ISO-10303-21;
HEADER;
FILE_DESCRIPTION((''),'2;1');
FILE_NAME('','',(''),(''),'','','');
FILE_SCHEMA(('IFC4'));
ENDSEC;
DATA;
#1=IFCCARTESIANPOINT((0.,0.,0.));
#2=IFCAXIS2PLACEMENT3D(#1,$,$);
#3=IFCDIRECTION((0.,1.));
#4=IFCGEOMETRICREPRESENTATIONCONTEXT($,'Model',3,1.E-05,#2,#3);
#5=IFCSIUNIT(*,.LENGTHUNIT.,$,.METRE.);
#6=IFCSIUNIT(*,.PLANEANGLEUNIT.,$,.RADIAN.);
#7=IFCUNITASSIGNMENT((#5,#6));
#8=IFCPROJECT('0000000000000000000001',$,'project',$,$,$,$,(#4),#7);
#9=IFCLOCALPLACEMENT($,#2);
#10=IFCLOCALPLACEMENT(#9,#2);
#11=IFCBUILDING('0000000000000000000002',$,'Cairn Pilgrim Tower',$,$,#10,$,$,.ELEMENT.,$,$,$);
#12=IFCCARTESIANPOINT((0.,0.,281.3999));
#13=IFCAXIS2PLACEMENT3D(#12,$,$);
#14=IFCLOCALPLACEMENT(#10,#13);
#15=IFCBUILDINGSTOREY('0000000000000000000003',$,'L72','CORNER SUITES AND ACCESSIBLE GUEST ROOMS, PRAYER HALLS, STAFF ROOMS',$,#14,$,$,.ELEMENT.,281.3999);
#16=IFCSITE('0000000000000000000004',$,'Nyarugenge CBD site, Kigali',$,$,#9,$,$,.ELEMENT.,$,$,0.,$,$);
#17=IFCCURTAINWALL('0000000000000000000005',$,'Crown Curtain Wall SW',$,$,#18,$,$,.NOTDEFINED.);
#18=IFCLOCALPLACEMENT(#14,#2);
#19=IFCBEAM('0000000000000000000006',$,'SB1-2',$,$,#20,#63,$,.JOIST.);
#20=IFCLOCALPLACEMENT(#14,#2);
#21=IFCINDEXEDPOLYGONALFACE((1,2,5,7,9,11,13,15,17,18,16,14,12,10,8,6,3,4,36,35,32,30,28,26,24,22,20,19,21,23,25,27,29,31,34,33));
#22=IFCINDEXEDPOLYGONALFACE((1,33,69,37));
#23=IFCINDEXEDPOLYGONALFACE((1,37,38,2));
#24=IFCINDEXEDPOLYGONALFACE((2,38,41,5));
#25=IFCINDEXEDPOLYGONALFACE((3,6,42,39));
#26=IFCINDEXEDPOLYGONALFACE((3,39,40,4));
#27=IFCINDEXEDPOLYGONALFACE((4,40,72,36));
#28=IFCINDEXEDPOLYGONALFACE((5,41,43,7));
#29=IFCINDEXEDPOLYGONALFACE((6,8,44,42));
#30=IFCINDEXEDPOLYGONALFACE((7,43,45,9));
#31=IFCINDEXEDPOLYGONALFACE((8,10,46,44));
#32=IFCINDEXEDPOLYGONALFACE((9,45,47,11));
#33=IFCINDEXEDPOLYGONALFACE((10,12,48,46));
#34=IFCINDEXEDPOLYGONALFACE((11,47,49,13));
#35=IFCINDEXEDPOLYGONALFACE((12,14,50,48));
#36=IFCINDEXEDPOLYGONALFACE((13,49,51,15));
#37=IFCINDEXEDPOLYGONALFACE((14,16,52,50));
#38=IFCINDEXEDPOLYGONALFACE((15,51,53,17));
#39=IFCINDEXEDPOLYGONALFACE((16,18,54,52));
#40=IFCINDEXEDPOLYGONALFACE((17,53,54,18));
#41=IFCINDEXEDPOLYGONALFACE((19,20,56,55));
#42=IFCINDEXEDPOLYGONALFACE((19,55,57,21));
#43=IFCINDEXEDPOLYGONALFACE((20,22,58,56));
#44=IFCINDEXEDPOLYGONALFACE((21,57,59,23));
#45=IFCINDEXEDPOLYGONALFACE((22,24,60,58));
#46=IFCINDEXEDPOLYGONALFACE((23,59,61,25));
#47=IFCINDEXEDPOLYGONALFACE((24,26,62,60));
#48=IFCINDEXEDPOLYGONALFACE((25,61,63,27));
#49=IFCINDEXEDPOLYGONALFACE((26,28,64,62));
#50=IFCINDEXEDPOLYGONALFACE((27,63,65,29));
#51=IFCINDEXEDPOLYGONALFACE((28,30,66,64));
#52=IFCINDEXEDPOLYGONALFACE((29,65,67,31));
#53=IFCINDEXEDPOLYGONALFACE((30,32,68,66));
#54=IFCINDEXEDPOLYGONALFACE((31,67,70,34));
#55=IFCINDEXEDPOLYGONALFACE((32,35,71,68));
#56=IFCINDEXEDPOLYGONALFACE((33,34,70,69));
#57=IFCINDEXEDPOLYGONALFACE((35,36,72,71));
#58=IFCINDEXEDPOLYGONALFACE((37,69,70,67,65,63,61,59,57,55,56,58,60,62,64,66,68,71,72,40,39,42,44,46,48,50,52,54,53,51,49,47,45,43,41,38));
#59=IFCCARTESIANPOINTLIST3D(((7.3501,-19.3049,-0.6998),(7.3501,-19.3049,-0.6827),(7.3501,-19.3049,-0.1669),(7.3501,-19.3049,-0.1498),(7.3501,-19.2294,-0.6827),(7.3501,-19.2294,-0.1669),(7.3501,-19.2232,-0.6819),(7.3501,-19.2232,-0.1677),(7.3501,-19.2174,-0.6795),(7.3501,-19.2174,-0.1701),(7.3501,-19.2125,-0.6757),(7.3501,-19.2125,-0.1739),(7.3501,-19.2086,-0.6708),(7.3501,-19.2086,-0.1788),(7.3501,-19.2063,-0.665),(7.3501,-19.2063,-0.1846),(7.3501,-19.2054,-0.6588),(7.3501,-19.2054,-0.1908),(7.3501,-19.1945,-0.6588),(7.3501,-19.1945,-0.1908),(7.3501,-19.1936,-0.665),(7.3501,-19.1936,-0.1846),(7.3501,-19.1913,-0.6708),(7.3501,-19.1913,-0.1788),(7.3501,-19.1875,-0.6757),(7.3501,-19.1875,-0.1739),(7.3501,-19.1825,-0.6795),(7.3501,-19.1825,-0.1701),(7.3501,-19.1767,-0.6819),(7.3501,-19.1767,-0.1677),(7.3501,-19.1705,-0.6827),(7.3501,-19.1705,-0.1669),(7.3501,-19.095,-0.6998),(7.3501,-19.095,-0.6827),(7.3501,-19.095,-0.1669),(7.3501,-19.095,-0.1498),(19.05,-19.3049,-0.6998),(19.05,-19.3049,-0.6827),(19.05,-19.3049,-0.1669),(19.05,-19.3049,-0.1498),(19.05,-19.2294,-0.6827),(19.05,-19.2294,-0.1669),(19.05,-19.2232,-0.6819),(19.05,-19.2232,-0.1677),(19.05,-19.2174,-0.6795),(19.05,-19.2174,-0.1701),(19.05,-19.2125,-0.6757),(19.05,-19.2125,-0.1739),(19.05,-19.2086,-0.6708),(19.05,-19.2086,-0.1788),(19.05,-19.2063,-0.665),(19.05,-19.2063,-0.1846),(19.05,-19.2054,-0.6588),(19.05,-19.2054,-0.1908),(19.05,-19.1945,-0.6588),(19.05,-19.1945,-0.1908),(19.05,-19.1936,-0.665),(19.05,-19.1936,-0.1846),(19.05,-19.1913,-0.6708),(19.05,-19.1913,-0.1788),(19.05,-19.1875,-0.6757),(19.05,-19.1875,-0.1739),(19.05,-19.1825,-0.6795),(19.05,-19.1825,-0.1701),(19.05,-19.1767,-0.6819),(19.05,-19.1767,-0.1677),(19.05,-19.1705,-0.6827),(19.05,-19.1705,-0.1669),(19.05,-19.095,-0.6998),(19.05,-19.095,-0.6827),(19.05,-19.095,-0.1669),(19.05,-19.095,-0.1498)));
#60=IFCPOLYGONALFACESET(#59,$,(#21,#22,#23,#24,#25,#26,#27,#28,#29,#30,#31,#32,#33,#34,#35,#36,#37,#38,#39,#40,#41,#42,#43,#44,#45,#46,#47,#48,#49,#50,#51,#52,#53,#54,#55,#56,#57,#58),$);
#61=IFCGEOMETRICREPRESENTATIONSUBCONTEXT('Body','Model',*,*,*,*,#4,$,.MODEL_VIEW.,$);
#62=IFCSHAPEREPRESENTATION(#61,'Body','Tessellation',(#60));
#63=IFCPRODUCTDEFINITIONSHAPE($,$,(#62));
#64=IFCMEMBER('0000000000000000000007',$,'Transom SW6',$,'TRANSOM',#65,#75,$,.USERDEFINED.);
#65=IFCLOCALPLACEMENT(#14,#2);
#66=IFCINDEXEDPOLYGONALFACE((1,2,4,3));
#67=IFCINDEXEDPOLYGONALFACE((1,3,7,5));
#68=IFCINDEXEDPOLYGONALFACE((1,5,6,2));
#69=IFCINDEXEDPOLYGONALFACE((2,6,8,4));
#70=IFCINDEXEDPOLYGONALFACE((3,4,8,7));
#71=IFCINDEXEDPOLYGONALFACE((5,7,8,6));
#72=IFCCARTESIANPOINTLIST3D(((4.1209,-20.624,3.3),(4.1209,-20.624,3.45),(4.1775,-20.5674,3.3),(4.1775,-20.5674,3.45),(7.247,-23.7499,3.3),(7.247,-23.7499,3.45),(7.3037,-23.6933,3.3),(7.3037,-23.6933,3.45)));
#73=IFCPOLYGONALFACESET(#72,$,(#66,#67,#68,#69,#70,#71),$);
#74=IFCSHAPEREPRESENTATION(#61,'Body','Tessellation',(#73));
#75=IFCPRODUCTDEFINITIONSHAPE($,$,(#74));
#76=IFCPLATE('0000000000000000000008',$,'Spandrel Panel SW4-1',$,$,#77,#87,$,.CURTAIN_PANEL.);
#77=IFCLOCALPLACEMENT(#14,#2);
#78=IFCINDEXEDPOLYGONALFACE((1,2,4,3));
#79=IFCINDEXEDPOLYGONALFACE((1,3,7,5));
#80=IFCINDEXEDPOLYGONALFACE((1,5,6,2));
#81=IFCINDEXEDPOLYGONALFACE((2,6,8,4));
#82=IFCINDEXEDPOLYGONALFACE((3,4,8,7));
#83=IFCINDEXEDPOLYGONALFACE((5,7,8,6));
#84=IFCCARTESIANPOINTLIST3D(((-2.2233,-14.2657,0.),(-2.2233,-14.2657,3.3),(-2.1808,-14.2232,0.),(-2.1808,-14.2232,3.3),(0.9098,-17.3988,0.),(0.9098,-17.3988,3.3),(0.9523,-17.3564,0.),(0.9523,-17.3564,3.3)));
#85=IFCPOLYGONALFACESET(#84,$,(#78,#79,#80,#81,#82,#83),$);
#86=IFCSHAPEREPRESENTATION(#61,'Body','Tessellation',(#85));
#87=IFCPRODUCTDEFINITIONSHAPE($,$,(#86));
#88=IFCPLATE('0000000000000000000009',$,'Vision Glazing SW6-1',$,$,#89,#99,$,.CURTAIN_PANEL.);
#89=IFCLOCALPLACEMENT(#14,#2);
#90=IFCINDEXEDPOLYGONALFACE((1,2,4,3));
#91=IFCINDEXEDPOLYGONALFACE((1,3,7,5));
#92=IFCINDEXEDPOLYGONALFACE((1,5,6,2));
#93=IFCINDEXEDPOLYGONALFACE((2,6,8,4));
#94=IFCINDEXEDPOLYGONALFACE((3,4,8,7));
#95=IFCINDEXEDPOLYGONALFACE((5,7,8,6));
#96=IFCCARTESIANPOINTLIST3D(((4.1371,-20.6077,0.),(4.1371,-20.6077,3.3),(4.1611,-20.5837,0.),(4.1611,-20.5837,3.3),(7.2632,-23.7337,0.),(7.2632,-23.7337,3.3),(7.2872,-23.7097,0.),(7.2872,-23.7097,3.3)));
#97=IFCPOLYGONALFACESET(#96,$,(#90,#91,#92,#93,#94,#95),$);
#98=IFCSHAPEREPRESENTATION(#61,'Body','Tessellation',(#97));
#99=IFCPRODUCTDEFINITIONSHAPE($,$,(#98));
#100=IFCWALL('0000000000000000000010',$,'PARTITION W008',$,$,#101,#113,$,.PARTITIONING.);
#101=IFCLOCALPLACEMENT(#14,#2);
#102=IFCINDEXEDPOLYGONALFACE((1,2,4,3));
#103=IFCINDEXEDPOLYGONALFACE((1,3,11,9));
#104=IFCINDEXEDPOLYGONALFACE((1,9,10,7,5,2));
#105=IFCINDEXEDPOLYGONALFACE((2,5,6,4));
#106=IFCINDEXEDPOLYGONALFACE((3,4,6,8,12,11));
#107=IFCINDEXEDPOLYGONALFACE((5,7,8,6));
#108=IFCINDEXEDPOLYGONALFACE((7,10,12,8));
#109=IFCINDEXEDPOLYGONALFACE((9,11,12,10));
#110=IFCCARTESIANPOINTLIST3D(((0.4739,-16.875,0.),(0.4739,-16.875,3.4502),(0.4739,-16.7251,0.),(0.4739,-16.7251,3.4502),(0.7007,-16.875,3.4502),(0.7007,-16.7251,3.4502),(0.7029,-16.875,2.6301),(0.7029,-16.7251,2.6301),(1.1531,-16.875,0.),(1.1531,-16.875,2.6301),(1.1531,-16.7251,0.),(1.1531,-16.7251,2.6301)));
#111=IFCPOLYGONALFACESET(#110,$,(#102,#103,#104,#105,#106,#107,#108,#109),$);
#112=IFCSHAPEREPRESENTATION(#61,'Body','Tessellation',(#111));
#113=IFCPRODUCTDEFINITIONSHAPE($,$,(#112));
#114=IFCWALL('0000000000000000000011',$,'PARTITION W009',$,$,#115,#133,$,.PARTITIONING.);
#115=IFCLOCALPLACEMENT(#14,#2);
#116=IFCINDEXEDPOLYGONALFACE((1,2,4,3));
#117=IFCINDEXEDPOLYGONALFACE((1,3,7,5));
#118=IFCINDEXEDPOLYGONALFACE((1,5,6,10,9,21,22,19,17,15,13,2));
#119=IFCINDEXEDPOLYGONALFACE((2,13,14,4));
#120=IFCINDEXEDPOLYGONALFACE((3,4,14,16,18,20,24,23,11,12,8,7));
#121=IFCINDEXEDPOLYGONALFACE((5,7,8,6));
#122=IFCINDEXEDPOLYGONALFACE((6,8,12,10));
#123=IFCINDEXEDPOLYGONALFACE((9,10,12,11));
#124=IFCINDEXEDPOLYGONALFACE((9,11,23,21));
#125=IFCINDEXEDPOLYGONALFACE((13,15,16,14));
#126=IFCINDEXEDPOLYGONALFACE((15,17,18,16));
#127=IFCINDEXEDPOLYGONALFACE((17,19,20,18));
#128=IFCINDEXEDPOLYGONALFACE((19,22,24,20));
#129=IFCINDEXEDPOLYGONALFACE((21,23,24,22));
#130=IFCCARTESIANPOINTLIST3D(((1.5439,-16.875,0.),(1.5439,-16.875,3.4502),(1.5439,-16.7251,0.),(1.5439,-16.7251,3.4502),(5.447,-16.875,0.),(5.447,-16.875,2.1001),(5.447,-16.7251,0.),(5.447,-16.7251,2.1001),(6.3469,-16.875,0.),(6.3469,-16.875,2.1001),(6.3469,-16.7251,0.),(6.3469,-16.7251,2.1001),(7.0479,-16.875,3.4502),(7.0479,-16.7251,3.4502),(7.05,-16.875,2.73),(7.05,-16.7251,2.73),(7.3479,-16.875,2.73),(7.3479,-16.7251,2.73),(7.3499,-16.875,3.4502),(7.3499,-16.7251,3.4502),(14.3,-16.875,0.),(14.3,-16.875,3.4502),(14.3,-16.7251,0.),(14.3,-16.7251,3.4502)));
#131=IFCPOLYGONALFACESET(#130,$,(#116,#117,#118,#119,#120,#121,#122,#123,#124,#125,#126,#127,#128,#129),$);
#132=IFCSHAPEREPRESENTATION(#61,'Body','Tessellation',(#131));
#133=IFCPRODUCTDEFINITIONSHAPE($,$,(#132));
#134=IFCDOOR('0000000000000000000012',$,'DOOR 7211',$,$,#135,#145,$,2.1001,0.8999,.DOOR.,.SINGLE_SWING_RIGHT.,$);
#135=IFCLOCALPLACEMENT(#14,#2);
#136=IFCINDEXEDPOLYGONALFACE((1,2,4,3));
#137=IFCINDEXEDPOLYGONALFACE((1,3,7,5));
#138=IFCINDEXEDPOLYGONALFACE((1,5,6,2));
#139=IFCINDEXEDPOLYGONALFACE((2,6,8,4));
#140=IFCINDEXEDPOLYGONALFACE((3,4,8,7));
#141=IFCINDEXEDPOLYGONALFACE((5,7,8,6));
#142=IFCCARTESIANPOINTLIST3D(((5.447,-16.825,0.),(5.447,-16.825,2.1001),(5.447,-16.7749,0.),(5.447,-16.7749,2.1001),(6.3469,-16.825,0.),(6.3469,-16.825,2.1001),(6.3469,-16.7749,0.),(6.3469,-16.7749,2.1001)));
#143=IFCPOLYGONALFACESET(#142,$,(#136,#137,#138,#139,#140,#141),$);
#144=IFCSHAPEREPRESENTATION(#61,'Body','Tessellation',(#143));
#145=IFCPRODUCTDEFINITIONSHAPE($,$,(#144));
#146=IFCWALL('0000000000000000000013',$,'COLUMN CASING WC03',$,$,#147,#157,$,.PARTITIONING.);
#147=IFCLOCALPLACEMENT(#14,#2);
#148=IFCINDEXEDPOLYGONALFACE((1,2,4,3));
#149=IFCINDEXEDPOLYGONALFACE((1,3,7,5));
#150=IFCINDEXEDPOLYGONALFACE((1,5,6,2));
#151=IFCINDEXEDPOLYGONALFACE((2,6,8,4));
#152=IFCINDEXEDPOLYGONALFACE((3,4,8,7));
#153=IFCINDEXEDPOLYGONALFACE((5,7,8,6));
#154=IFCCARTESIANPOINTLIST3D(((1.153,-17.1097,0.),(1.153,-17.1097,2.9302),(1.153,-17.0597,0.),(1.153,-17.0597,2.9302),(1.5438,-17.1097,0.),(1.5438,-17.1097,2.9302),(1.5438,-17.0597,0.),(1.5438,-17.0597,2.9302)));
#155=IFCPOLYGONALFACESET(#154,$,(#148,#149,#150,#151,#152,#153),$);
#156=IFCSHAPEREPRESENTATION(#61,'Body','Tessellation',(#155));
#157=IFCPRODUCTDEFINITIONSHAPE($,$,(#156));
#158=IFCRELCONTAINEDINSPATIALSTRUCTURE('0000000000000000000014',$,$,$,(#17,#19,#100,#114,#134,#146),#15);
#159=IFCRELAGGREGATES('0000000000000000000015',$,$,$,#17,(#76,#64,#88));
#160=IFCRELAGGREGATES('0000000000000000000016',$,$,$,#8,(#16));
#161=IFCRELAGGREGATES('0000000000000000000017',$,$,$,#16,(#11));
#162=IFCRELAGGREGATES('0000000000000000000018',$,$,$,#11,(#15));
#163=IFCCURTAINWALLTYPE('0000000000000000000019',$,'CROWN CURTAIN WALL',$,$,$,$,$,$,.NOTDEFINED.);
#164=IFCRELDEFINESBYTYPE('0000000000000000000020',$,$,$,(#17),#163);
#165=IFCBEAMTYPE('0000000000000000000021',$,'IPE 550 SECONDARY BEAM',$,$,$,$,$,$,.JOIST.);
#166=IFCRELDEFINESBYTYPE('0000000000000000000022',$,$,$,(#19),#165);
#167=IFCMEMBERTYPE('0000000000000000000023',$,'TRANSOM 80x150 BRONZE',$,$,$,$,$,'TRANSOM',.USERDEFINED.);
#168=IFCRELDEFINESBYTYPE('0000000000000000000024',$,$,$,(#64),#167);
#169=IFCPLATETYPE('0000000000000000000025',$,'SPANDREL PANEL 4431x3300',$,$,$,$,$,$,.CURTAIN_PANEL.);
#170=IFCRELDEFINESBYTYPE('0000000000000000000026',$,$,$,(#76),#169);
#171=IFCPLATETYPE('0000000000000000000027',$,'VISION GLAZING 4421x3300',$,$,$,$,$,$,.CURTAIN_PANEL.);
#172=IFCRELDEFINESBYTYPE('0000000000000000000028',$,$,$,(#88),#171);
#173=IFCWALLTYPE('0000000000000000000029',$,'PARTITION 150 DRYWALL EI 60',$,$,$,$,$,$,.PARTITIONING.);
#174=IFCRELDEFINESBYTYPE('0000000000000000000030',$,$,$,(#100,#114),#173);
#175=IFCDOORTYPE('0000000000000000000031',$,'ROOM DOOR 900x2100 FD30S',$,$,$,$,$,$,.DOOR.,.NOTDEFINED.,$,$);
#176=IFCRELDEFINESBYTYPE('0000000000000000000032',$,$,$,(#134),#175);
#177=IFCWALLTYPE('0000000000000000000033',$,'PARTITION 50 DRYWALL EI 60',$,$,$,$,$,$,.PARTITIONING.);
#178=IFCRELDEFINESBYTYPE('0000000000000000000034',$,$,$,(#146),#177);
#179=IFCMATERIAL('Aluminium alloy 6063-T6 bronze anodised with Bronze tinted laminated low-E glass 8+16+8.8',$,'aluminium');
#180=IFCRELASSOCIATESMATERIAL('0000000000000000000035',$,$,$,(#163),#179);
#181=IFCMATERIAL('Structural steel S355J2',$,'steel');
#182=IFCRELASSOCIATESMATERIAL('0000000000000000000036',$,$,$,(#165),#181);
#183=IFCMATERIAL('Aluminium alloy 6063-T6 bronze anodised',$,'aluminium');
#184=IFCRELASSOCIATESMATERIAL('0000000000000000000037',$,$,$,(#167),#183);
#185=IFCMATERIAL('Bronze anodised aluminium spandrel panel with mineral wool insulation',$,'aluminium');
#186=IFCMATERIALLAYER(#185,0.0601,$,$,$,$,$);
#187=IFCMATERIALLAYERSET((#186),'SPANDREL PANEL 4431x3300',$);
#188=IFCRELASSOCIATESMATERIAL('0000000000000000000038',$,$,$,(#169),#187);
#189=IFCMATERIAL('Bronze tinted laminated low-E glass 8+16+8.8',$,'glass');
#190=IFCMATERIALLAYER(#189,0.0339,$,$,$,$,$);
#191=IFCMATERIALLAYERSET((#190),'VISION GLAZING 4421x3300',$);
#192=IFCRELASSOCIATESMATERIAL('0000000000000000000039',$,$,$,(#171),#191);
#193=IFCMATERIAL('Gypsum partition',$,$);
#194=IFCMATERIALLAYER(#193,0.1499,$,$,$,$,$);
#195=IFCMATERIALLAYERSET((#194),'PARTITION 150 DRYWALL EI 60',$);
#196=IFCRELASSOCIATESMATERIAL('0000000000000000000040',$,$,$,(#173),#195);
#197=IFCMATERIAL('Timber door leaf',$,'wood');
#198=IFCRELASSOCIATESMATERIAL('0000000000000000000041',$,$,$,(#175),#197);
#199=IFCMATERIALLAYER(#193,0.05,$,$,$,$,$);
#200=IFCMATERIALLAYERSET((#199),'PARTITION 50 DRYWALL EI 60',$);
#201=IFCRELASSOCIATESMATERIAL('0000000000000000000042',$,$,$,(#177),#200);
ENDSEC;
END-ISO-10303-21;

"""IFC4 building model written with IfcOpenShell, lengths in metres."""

from ifc_helpers import new_model, si_unit, direction, frame, frame_2d, origin, origin_2d, place, context, subcontext, project, spatial, polyline, rectangle, i_section, outline, extrude, material, layer, layer_set, material_profile, profile_set, type_object, element, fill, aggregate, save


model = new_model("IFC4")

# Units and contexts
model_context = context("Model", 3, precision=1e-05, world=origin(), true_north=direction((0.0, 1.0)))
body_context = subcontext(model_context, "Body", "Model", "MODEL_VIEW")
ifc_project = project(units=[si_unit("LENGTHUNIT", "METRE"), si_unit("PLANEANGLEUNIT", "RADIAN")], contexts=[model_context])

# Site, building, storey
site_placement = place(None, origin())
site = spatial("IfcSite", under=ifc_project, at=site_placement, Name="Nyarugenge CBD site, Kigali", CompositionType="ELEMENT", RefElevation=0.0)
building_placement = place(site_placement, origin())
building = spatial("IfcBuilding", under=site, at=building_placement, Name="Cairn Pilgrim Tower", CompositionType="ELEMENT")
storey_placement = place(building_placement, frame((0.0, 0.0, 281.3999)))
storey = spatial("IfcBuildingStorey", under=building, at=storey_placement, Name="L72", Description="CORNER SUITES AND ACCESSIBLE GUEST ROOMS, PRAYER HALLS, STAFF ROOMS", CompositionType="ELEMENT", Elevation=281.3999)

# Shared definitions
ifc_material_1 = material(Name="Structural steel S355J2", Category="steel")

# Shared definitions
ifc_material_2 = material(Name="Aluminium alloy 6063-T6 bronze anodised with Bronze tinted laminated low-E glass 8+16+8.8", Category="aluminium")
curtain_wall_type = type_object("IfcCurtainWallType", Name="CROWN CURTAIN WALL", PredefinedType="NOTDEFINED", material=ifc_material_2)
ifc_material_3 = material(Name="Aluminium alloy 6063-T6 bronze anodised", Category="aluminium")

# Curtain wall
curtain_wall_1_placement = place(storey_placement, origin())
curtain_wall_1 = element("IfcCurtainWall", 1, at=curtain_wall_1_placement, inside=storey, type_object=curtain_wall_type, Name="Crown Curtain Wall SW", PredefinedType="NOTDEFINED")

# Beam
ifc_material_profile_1 = material_profile(ifc_material_1, i_section(OverallWidth=0.21, OverallDepth=0.55, WebThickness=0.011, FlangeThickness=0.0171, FilletRadius=0.0239, at=origin_2d()), Name="IPE 550")
ifc_profile_set_1 = profile_set([ifc_material_profile_1], Name="Structural steel S355J2")
beam_type_1 = type_object("IfcBeamType", Name="IPE 550 SECONDARY BEAM", PredefinedType="JOIST", material=ifc_profile_set_1)
beam_1_placement = place(storey_placement, frame((7.3501, -19.2, -0.4248), z_axis=(1.0, 0.0, 0.0), x_axis=(0.0, 1.0, 0.0)))
element("IfcBeam", 2, at=beam_1_placement, inside=storey, type_object=beam_type_1, Name="SB1-2", PredefinedType="JOIST", context=body_context, shape_type="SweptSolid", body=[
    extrude(i_section(OverallWidth=0.21, OverallDepth=0.55, WebThickness=0.011, FlangeThickness=0.0171, FilletRadius=0.0239, at=origin_2d()), origin(), (0.0, 0.0, 1.0), 11.7),
])

# Member
ifc_material_profile_2 = material_profile(ifc_material_3, rectangle(XDim=0.0801, YDim=0.1499, at=origin_2d()), Name="TRANSOM 80x150 BRONZE")
ifc_profile_set_2 = profile_set([ifc_material_profile_2], Name="Aluminium alloy 6063-T6 bronze anodised")
member_type_1 = type_object("IfcMemberType", Name="TRANSOM 80x150 BRONZE", ElementType="TRANSOM", PredefinedType="USERDEFINED", material=ifc_profile_set_2)
member_1_placement = place(storey_placement, frame((4.1492, -20.5957, 3.375), z_axis=(0.707134, -0.707079, 0.0), x_axis=(0.707079, 0.707134, 0.0)))
member_1 = element("IfcMember", 3, at=member_1_placement, type_object=member_type_1, Name="Transom SW6", ObjectType="TRANSOM", PredefinedType="USERDEFINED", context=body_context, shape_type="SweptSolid", body=[
    extrude(rectangle(XDim=0.0801, YDim=0.1499, at=origin_2d()), origin(), (0.0, 0.0, 1.0), 4.4209),
])

# Plates
ifc_material_4 = material(Name="Bronze anodised aluminium spandrel panel with mineral wool insulation", Category="aluminium")
ifc_layer_1 = layer(ifc_material_4, 0.0601)
ifc_layer_set_1 = layer_set([ifc_layer_1], Name="SPANDREL PANEL 4431x3300")
plate_type_1 = type_object("IfcPlateType", Name="SPANDREL PANEL 4431x3300", PredefinedType="CURTAIN_PANEL", material=ifc_layer_set_1)
plate_1_placement = place(storey_placement, frame((-0.6355, -15.811, 0.0), z_axis=(0.0, 0.0, 1.0), x_axis=(0.707107, -0.707107, 0.0)))
plate_1 = element("IfcPlate", 4, at=plate_1_placement, type_object=plate_type_1, Name="Spandrel Panel SW4-1", PredefinedType="CURTAIN_PANEL", context=body_context, shape_type="SweptSolid", body=[
    extrude(rectangle(XDim=4.4309, YDim=0.0601, at=origin_2d()), origin(), (0.0, 0.0, 1.0), 3.3),
])
ifc_material_5 = material(Name="Bronze tinted laminated low-E glass 8+16+8.8", Category="glass")
ifc_layer_2 = layer(ifc_material_5, 0.0339)
ifc_layer_set_2 = layer_set([ifc_layer_2], Name="VISION GLAZING 4421x3300")
plate_type_2 = type_object("IfcPlateType", Name="VISION GLAZING 4421x3300", PredefinedType="CURTAIN_PANEL", material=ifc_layer_set_2)
plate_2_placement = place(storey_placement, frame((5.7122, -22.1587, 0.0), z_axis=(0.0, 0.0, 1.0), x_axis=(0.707107, -0.707107, 0.0)))
plate_2 = element("IfcPlate", 5, at=plate_2_placement, type_object=plate_type_2, Name="Vision Glazing SW6-1", PredefinedType="CURTAIN_PANEL", context=body_context, shape_type="SweptSolid", body=[
    extrude(rectangle(XDim=4.4209, YDim=0.0339, at=origin_2d()), origin(), (0.0, 0.0, 1.0), 3.3),
])
aggregate(curtain_wall_1, [plate_1, member_1, plate_2])

# Wall
ifc_material_6 = material(Name="Gypsum partition")
ifc_layer_3 = layer(ifc_material_6, 0.1499)
ifc_layer_set_3 = layer_set([ifc_layer_3], Name="PARTITION 150 DRYWALL EI 60")
wall_type_1 = type_object("IfcWallType", Name="PARTITION 150 DRYWALL EI 60", PredefinedType="PARTITIONING", material=ifc_layer_set_3)
wall_1_placement = place(storey_placement, frame((0.4739, -16.8, 0.0), z_axis=(0.0, 0.0, 1.0), x_axis=(1.0, 0.0, 0.0)))
element("IfcWall", 6, at=wall_1_placement, inside=storey, type_object=wall_type_1, Name="PARTITION W008", PredefinedType="PARTITIONING", context=body_context, shape_type="SweptSolid", body=[
    extrude(outline(polyline([(0.0, 0.0), (0.6792, 0.0), (0.6792, 2.6301), (0.229, 2.6301), (0.2268, 3.4502), (0.0, 3.4502), (0.0, 0.0)])), frame((0.0, 0.075, 0.0), z_axis=(0.0, -1.0, 0.0), x_axis=(1.0, 0.0, 0.0)), (0.0, 0.0, 1.0), 0.1499),
])

# Wall, opening, door
wall_2_placement = place(storey_placement, frame((1.5439, -16.8, 0.0), z_axis=(0.0, 0.0, 1.0), x_axis=(1.0, 0.0, 0.0)))
wall_2 = element("IfcWall", 7, at=wall_2_placement, inside=storey, type_object=wall_type_1, Name="PARTITION W009", PredefinedType="PARTITIONING", context=body_context, shape_type="SweptSolid", body=[
    extrude(outline(polyline([(0.0, 0.0), (12.7561, 0.0), (12.7561, 3.4502), (5.8059, 3.4502), (5.804, 2.73), (5.5061, 2.73), (5.5039, 3.4502), (0.0, 3.4502), (0.0, 0.0)])), frame((0.0, 0.075, 0.0), z_axis=(0.0, -1.0, 0.0), x_axis=(1.0, 0.0, 0.0)), (0.0, 0.0, 1.0), 0.1499),
])
opening_1_placement = place(wall_2_placement, frame((3.9031, 0.0, 0.0)))
opening_1 = element("IfcOpeningElement", 8, at=opening_1_placement, cuts=wall_2, PredefinedType="OPENING", context=body_context, shape_type="SweptSolid", body=[
    extrude(rectangle(XDim=0.8999, YDim=2.1001, at=frame_2d((0.45, 1.05))), frame((0.0, 0.085, 0.0), z_axis=(0.0, -1.0, 0.0), x_axis=(1.0, 0.0, 0.0)), (0.0, 0.0, 1.0), 0.1699),
])
ifc_material_7 = material(Name="Timber door leaf", Category="wood")
door_type_1 = type_object("IfcDoorType", Name="ROOM DOOR 900x2100 FD30S", OperationType="NOTDEFINED", PredefinedType="DOOR", material=ifc_material_7)
door_1_placement = place(opening_1_placement, frame((0.8999, 0.0, 0.0), z_axis=(0.0, 0.0, 1.0), x_axis=(-1.0, 0.0, 0.0)))
door_1 = element("IfcDoor", 9, at=door_1_placement, inside=storey, type_object=door_type_1, Name="DOOR 7211", OperationType="SINGLE_SWING_RIGHT", OverallHeight=2.1001, OverallWidth=0.8999, PredefinedType="DOOR", context=body_context, shape_type="SweptSolid", body=[
    extrude(rectangle(XDim=0.8999, YDim=2.1001, at=frame_2d((0.45, 1.05))), frame((0.0, 0.0249, 0.0), z_axis=(0.0, -1.0, 0.0), x_axis=(1.0, 0.0, 0.0)), (0.0, 0.0, 1.0), 0.05),
])
fill(opening_1, door_1)

# Wall
ifc_layer_4 = layer(ifc_material_6, 0.05)
ifc_layer_set_4 = layer_set([ifc_layer_4], Name="PARTITION 50 DRYWALL EI 60")
wall_type_2 = type_object("IfcWallType", Name="PARTITION 50 DRYWALL EI 60", PredefinedType="PARTITIONING", material=ifc_layer_set_4)
wall_3_placement = place(storey_placement, frame((1.1531, -17.0847, 0.0), z_axis=(0.0, 0.0, 1.0), x_axis=(1.0, 0.0, 0.0)))
element("IfcWall", 10, at=wall_3_placement, inside=storey, type_object=wall_type_2, Name="COLUMN CASING WC03", PredefinedType="PARTITIONING", context=body_context, shape_type="SweptSolid", body=[
    extrude(rectangle(XDim=0.3909, YDim=0.05, at=frame_2d((0.1953, 0.0))), origin(), (0.0, 0.0, 1.0), 2.9302),
])

save(model, "model.ifc")
